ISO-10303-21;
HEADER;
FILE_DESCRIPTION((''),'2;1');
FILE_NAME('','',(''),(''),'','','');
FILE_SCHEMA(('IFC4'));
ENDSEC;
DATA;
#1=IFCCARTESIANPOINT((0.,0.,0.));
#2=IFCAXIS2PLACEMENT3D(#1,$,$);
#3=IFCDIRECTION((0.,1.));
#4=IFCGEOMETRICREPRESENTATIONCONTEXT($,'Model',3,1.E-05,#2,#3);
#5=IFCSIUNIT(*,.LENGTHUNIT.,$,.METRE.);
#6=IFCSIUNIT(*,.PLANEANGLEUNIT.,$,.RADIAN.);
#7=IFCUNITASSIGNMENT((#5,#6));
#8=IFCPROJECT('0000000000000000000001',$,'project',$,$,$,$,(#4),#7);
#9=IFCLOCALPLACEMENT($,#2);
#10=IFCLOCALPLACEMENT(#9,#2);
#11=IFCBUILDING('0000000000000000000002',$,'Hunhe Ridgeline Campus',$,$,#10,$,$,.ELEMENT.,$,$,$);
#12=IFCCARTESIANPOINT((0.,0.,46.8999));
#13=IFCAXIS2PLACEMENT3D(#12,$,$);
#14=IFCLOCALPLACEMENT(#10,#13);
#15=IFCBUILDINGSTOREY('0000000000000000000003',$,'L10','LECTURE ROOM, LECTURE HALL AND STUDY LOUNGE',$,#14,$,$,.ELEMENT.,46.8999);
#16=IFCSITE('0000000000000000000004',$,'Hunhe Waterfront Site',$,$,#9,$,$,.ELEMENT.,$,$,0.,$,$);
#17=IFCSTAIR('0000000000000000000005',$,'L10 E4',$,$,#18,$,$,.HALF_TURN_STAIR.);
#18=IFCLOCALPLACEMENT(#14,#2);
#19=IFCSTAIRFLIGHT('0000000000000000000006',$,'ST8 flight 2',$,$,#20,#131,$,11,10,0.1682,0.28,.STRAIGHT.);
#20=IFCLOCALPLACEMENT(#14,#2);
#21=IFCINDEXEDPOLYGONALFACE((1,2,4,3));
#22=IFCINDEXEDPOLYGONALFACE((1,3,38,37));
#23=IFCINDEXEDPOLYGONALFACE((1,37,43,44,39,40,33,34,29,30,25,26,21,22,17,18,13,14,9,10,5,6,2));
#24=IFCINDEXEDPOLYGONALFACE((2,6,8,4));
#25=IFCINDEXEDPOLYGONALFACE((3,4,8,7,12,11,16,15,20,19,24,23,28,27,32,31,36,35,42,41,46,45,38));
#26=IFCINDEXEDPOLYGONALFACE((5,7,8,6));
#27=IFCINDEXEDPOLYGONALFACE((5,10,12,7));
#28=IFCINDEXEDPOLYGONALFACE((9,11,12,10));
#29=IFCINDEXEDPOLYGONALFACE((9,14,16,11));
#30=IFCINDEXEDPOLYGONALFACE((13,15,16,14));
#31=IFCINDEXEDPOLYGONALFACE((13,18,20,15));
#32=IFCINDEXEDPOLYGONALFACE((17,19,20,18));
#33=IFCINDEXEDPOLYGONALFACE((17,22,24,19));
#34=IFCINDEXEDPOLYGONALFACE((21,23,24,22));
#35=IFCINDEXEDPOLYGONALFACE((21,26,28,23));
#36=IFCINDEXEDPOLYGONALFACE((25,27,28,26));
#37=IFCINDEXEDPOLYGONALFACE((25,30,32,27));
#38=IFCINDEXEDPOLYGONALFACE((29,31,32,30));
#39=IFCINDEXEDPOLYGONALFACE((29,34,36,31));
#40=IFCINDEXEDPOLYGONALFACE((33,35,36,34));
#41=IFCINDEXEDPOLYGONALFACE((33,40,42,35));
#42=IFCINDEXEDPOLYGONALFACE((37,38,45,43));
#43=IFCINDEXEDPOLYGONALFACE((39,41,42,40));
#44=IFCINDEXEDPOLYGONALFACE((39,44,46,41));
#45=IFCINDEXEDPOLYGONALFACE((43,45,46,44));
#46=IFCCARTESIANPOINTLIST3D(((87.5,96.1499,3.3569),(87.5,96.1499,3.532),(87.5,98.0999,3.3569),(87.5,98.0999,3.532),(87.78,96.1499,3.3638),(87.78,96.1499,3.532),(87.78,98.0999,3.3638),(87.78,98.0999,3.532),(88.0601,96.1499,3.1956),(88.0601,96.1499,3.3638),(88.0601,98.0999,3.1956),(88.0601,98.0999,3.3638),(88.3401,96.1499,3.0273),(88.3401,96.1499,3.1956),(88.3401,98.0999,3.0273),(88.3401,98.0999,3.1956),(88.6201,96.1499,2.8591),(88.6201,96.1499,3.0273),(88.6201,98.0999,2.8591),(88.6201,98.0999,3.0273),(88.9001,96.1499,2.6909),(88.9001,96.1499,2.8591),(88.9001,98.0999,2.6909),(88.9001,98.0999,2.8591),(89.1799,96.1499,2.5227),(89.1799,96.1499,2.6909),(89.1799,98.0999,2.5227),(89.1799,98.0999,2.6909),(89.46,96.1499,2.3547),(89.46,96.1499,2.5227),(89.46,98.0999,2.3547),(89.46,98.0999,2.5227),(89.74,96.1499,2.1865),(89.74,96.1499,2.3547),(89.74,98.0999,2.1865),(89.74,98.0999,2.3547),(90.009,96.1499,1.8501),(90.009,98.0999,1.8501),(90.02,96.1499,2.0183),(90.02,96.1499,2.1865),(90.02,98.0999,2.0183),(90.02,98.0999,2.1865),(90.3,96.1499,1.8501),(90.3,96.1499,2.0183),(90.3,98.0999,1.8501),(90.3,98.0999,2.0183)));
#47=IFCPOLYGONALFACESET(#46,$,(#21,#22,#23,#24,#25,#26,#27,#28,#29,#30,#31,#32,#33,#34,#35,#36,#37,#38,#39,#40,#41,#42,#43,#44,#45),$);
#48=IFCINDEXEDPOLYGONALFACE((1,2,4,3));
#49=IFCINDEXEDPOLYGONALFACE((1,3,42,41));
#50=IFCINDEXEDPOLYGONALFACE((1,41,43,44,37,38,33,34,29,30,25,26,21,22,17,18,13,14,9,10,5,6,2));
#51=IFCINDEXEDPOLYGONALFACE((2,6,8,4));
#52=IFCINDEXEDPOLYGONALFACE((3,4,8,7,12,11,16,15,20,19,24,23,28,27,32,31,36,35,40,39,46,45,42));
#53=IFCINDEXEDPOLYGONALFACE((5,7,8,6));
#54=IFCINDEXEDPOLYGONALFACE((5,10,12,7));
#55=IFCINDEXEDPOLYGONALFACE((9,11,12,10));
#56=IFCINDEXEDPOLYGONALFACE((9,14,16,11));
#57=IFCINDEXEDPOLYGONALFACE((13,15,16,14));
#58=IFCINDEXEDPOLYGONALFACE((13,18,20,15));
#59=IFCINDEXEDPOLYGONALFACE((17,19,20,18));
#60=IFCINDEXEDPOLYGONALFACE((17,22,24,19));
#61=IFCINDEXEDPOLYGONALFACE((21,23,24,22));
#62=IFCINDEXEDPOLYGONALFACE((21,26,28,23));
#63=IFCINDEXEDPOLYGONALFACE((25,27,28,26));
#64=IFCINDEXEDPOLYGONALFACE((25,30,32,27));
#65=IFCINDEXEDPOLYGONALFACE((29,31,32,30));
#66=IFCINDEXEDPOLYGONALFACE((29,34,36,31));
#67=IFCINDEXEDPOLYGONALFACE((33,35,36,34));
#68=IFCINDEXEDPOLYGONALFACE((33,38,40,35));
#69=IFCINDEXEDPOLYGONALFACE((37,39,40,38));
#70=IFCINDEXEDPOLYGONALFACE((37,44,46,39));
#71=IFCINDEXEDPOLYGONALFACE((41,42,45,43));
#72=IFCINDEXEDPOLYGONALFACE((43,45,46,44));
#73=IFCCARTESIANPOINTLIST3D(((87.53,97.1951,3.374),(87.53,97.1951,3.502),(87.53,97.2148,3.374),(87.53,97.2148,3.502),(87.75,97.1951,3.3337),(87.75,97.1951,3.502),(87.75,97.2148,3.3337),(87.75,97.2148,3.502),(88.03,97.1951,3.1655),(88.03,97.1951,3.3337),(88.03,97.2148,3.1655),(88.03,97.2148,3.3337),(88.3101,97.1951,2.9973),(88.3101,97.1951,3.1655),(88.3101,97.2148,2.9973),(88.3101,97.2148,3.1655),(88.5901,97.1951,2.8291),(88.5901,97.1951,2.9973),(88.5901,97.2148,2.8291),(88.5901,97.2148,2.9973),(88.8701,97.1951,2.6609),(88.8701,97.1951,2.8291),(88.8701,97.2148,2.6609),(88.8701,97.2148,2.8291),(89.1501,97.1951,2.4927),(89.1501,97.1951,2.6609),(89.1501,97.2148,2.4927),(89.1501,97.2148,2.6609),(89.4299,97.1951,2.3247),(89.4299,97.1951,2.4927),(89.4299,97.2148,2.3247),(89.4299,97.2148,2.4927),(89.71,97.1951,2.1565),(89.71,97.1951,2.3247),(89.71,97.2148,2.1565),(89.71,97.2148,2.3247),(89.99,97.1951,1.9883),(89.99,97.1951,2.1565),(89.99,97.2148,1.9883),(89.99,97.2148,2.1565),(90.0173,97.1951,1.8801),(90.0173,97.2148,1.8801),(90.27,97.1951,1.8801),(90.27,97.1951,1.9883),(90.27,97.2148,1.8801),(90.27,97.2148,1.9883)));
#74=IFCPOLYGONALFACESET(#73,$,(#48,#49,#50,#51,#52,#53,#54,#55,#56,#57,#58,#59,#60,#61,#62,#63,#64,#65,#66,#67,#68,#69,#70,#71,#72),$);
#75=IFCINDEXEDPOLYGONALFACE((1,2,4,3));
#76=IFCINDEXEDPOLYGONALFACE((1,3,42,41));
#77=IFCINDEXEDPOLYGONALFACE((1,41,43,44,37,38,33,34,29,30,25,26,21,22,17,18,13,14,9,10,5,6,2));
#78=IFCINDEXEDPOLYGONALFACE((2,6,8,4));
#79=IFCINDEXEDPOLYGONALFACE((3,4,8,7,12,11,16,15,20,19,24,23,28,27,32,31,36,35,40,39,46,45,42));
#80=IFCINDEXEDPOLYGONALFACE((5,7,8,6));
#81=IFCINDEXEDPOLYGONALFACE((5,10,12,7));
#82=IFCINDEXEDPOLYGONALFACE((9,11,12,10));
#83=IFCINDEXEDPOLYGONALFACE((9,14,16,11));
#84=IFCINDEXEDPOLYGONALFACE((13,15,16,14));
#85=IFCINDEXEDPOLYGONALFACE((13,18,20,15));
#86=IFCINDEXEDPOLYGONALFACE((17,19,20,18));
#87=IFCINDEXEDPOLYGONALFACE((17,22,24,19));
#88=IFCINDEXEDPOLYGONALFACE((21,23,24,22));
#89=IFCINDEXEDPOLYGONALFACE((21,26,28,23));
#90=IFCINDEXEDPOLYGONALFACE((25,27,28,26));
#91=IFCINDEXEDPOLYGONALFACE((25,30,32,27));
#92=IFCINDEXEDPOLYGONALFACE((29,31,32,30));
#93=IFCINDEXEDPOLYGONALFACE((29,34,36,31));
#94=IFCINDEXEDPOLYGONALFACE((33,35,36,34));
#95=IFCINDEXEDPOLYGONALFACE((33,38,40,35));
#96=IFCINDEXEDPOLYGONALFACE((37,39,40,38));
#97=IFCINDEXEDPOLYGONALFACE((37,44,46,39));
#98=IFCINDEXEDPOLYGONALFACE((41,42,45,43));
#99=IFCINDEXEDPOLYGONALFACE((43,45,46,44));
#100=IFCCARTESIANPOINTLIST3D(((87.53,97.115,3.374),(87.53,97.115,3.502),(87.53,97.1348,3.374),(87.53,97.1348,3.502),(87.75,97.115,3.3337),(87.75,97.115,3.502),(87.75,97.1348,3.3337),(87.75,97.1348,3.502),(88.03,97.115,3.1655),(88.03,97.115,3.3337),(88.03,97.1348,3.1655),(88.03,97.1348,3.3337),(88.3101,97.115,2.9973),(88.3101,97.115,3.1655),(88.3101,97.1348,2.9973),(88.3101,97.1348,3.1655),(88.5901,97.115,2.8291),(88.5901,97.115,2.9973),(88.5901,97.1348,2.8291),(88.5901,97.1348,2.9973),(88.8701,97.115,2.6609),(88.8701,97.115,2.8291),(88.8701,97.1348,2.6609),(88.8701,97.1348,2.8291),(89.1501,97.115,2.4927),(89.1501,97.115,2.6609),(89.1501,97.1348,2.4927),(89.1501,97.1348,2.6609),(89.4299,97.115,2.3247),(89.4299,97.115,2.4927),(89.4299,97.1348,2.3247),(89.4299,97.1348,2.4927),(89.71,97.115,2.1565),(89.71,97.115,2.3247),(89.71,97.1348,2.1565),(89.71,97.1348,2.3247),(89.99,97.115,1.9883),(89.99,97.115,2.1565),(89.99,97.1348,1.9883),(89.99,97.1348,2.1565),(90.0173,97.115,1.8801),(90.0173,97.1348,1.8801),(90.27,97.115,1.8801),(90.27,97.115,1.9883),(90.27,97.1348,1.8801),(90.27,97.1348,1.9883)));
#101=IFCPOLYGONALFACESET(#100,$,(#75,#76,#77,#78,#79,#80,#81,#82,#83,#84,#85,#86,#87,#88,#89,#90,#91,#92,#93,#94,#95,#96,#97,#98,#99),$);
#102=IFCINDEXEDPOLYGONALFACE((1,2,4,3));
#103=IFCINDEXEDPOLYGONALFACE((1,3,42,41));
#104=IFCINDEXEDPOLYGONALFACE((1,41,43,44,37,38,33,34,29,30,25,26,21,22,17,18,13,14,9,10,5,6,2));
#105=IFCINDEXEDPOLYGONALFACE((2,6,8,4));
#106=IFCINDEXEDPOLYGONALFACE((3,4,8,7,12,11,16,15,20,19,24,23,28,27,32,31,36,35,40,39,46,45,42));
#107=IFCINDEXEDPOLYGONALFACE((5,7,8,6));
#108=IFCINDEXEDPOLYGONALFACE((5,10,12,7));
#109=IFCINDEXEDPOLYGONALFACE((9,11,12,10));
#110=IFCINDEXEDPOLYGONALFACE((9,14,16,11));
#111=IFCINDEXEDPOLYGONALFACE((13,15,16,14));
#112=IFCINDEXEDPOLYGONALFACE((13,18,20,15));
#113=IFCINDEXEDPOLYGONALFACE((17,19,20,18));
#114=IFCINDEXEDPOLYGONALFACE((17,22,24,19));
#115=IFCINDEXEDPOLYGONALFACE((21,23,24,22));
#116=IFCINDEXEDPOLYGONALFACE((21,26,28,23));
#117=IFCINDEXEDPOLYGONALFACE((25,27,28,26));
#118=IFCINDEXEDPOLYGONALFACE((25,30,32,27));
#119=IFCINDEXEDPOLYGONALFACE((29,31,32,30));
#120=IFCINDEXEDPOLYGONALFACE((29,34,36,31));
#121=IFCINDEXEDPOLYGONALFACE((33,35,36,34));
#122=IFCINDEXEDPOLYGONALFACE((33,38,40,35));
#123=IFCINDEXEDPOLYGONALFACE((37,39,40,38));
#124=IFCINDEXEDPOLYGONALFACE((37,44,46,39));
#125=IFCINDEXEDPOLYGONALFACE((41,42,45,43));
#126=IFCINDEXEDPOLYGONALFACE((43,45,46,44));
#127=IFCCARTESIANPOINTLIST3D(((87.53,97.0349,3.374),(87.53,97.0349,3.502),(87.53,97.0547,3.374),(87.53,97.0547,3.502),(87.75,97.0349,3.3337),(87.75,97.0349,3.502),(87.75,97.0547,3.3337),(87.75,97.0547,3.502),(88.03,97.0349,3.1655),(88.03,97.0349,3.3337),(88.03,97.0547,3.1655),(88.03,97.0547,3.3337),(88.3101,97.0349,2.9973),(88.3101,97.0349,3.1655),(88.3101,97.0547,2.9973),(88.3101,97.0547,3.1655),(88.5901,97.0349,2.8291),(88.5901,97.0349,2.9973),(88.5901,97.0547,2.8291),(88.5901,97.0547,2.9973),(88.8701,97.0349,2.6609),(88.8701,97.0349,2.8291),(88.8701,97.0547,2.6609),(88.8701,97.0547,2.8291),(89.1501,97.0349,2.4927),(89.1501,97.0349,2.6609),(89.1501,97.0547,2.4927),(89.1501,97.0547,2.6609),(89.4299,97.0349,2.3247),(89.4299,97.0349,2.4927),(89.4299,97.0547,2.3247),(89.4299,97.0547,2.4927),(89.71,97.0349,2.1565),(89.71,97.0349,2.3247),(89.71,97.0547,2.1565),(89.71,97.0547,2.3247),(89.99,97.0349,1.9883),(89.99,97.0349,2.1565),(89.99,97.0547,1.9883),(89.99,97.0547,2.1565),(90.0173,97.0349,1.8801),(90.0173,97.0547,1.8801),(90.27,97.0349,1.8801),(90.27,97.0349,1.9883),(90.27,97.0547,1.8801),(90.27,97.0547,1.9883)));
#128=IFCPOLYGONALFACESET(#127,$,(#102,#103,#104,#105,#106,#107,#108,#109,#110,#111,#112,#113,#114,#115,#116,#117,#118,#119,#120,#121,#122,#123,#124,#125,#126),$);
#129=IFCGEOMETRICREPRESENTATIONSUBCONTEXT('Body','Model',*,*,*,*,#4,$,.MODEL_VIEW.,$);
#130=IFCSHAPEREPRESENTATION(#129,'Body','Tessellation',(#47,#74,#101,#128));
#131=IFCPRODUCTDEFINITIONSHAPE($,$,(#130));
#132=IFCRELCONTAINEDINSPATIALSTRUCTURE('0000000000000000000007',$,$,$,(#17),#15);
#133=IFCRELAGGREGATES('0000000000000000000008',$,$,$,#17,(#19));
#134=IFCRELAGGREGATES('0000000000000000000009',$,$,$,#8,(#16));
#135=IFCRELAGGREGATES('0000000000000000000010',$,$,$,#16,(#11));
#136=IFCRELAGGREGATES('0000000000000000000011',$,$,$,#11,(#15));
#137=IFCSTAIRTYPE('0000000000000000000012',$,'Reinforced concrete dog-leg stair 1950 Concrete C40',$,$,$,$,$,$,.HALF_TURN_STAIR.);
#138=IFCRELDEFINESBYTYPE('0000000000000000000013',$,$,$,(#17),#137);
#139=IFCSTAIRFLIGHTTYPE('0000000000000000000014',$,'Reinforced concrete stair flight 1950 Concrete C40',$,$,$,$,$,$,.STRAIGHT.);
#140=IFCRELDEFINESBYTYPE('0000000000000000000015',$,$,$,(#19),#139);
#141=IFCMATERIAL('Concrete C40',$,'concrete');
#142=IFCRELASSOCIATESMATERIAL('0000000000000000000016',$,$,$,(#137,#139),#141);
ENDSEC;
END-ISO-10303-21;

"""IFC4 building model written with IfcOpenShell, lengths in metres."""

from ifc_helpers import new_model, si_unit, direction, frame, origin, place, context, subcontext, project, spatial, polyline, outline, extrude, material, type_object, element, aggregate, save


model = new_model("IFC4")

# Units and contexts
model_context = context("Model", 3, precision=1e-05, world=origin(), true_north=direction((0.0, 1.0)))
body_context = subcontext(model_context, "Body", "Model", "MODEL_VIEW")
ifc_project = project(units=[si_unit("LENGTHUNIT", "METRE"), si_unit("PLANEANGLEUNIT", "RADIAN")], contexts=[model_context])

# Site, building, storey
site_placement = place(None, origin())
site = spatial("IfcSite", under=ifc_project, at=site_placement, Name="Hunhe Waterfront Site", CompositionType="ELEMENT", RefElevation=0.0)
building_placement = place(site_placement, origin())
building = spatial("IfcBuilding", under=site, at=building_placement, Name="Hunhe Ridgeline Campus", CompositionType="ELEMENT")
storey_placement = place(building_placement, frame((0.0, 0.0, 46.8999)))
storey = spatial("IfcBuildingStorey", under=building, at=storey_placement, Name="L10", Description="LECTURE ROOM, LECTURE HALL AND STUDY LOUNGE", CompositionType="ELEMENT", Elevation=46.8999)

# Stair, stair flight
ifc_material_1 = material(Name="Concrete C40", Category="concrete")
stair_type = type_object("IfcStairType", Name="Reinforced concrete dog-leg stair 1950 Concrete C40", PredefinedType="HALF_TURN_STAIR", material=ifc_material_1)
stair_placement = place(storey_placement, origin())
stair = element("IfcStair", 1, at=stair_placement, inside=storey, type_object=stair_type, Name="L10 E4", PredefinedType="HALF_TURN_STAIR")
stair_flight_type = type_object("IfcStairFlightType", Name="Reinforced concrete stair flight 1950 Concrete C40", PredefinedType="STRAIGHT", material=ifc_material_1)
stair_flight_1_placement = place(storey_placement, frame((90.3, 97.125, 1.8501), z_axis=(0.0, 0.0, 1.0), x_axis=(-1.0, 0.0, 0.0)))
stair_flight_1 = element("IfcStairFlight", 2, at=stair_flight_1_placement, type_object=stair_flight_type, Name="ST8 flight 2", NumberOfRisers=11, NumberOfTreads=10, PredefinedType="STRAIGHT", RiserHeight=0.1682, TreadLength=0.28, context=body_context, shape_type="SweptSolid", body=[
    extrude(outline(polyline([(0.0, 0.0), (0.0, 0.1682), (0.28, 0.1682), (0.28, 0.3364), (0.5601, 0.3364), (0.5601, 0.5046), (0.8401, 0.5046), (0.8401, 0.6726), (1.1201, 0.6726), (1.1201, 0.8408), (1.3999, 0.8408), (1.3999, 1.009), (1.6799, 1.009), (1.6799, 1.1772), (1.96, 1.1772), (1.96, 1.3455), (2.24, 1.3455), (2.24, 1.5137), (2.52, 1.5137), (2.52, 1.6819), (2.8, 1.6819), (2.8, 1.8501), (2.8, 1.5068), (0.291, 0.0), (0.0, 0.0)])), frame((0.0, 0.9751, 0.0), z_axis=(0.0, -1.0, 0.0), x_axis=(1.0, 0.0, 0.0)), (0.0, 0.0, 1.0), 1.95),
    extrude(outline(polyline([(0.03, 0.03), (0.03, 0.1382), (0.3101, 0.1382), (0.3101, 0.3064), (0.5901, 0.3064), (0.5901, 0.4746), (0.8701, 0.4746), (0.8701, 0.6426), (1.1499, 0.6426), (1.1499, 0.8108), (1.4299, 0.8108), (1.4299, 0.979), (1.71, 0.979), (1.71, 1.1472), (1.99, 1.1472), (1.99, 1.3154), (2.27, 1.3154), (2.27, 1.4836), (2.55, 1.4836), (2.55, 1.6519), (2.77, 1.6519), (2.77, 1.5239), (0.2827, 0.03), (0.03, 0.03)])), frame((0.0, -0.0701, 0.0), z_axis=(0.0, -1.0, 0.0), x_axis=(1.0, 0.0, 0.0)), (0.0, 0.0, 1.0), 0.0198),
    extrude(outline(polyline([(0.03, 0.03), (0.03, 0.1382), (0.3101, 0.1382), (0.3101, 0.3064), (0.5901, 0.3064), (0.5901, 0.4746), (0.8701, 0.4746), (0.8701, 0.6426), (1.1499, 0.6426), (1.1499, 0.8108), (1.4299, 0.8108), (1.4299, 0.979), (1.71, 0.979), (1.71, 1.1472), (1.99, 1.1472), (1.99, 1.3154), (2.27, 1.3154), (2.27, 1.4836), (2.55, 1.4836), (2.55, 1.6519), (2.77, 1.6519), (2.77, 1.5239), (0.2827, 0.03), (0.03, 0.03)])), frame((0.0, 0.01, 0.0), z_axis=(0.0, -1.0, 0.0), x_axis=(1.0, 0.0, 0.0)), (0.0, 0.0, 1.0), 0.0198),
    extrude(outline(polyline([(0.03, 0.03), (0.03, 0.1382), (0.3101, 0.1382), (0.3101, 0.3064), (0.5901, 0.3064), (0.5901, 0.4746), (0.8701, 0.4746), (0.8701, 0.6426), (1.1499, 0.6426), (1.1499, 0.8108), (1.4299, 0.8108), (1.4299, 0.979), (1.71, 0.979), (1.71, 1.1472), (1.99, 1.1472), (1.99, 1.3154), (2.27, 1.3154), (2.27, 1.4836), (2.55, 1.4836), (2.55, 1.6519), (2.77, 1.6519), (2.77, 1.5239), (0.2827, 0.03), (0.03, 0.03)])), frame((0.0, 0.0901, 0.0), z_axis=(0.0, -1.0, 0.0), x_axis=(1.0, 0.0, 0.0)), (0.0, 0.0, 1.0), 0.0198),
])
aggregate(stair, [stair_flight_1])

save(model, "model.ifc")
